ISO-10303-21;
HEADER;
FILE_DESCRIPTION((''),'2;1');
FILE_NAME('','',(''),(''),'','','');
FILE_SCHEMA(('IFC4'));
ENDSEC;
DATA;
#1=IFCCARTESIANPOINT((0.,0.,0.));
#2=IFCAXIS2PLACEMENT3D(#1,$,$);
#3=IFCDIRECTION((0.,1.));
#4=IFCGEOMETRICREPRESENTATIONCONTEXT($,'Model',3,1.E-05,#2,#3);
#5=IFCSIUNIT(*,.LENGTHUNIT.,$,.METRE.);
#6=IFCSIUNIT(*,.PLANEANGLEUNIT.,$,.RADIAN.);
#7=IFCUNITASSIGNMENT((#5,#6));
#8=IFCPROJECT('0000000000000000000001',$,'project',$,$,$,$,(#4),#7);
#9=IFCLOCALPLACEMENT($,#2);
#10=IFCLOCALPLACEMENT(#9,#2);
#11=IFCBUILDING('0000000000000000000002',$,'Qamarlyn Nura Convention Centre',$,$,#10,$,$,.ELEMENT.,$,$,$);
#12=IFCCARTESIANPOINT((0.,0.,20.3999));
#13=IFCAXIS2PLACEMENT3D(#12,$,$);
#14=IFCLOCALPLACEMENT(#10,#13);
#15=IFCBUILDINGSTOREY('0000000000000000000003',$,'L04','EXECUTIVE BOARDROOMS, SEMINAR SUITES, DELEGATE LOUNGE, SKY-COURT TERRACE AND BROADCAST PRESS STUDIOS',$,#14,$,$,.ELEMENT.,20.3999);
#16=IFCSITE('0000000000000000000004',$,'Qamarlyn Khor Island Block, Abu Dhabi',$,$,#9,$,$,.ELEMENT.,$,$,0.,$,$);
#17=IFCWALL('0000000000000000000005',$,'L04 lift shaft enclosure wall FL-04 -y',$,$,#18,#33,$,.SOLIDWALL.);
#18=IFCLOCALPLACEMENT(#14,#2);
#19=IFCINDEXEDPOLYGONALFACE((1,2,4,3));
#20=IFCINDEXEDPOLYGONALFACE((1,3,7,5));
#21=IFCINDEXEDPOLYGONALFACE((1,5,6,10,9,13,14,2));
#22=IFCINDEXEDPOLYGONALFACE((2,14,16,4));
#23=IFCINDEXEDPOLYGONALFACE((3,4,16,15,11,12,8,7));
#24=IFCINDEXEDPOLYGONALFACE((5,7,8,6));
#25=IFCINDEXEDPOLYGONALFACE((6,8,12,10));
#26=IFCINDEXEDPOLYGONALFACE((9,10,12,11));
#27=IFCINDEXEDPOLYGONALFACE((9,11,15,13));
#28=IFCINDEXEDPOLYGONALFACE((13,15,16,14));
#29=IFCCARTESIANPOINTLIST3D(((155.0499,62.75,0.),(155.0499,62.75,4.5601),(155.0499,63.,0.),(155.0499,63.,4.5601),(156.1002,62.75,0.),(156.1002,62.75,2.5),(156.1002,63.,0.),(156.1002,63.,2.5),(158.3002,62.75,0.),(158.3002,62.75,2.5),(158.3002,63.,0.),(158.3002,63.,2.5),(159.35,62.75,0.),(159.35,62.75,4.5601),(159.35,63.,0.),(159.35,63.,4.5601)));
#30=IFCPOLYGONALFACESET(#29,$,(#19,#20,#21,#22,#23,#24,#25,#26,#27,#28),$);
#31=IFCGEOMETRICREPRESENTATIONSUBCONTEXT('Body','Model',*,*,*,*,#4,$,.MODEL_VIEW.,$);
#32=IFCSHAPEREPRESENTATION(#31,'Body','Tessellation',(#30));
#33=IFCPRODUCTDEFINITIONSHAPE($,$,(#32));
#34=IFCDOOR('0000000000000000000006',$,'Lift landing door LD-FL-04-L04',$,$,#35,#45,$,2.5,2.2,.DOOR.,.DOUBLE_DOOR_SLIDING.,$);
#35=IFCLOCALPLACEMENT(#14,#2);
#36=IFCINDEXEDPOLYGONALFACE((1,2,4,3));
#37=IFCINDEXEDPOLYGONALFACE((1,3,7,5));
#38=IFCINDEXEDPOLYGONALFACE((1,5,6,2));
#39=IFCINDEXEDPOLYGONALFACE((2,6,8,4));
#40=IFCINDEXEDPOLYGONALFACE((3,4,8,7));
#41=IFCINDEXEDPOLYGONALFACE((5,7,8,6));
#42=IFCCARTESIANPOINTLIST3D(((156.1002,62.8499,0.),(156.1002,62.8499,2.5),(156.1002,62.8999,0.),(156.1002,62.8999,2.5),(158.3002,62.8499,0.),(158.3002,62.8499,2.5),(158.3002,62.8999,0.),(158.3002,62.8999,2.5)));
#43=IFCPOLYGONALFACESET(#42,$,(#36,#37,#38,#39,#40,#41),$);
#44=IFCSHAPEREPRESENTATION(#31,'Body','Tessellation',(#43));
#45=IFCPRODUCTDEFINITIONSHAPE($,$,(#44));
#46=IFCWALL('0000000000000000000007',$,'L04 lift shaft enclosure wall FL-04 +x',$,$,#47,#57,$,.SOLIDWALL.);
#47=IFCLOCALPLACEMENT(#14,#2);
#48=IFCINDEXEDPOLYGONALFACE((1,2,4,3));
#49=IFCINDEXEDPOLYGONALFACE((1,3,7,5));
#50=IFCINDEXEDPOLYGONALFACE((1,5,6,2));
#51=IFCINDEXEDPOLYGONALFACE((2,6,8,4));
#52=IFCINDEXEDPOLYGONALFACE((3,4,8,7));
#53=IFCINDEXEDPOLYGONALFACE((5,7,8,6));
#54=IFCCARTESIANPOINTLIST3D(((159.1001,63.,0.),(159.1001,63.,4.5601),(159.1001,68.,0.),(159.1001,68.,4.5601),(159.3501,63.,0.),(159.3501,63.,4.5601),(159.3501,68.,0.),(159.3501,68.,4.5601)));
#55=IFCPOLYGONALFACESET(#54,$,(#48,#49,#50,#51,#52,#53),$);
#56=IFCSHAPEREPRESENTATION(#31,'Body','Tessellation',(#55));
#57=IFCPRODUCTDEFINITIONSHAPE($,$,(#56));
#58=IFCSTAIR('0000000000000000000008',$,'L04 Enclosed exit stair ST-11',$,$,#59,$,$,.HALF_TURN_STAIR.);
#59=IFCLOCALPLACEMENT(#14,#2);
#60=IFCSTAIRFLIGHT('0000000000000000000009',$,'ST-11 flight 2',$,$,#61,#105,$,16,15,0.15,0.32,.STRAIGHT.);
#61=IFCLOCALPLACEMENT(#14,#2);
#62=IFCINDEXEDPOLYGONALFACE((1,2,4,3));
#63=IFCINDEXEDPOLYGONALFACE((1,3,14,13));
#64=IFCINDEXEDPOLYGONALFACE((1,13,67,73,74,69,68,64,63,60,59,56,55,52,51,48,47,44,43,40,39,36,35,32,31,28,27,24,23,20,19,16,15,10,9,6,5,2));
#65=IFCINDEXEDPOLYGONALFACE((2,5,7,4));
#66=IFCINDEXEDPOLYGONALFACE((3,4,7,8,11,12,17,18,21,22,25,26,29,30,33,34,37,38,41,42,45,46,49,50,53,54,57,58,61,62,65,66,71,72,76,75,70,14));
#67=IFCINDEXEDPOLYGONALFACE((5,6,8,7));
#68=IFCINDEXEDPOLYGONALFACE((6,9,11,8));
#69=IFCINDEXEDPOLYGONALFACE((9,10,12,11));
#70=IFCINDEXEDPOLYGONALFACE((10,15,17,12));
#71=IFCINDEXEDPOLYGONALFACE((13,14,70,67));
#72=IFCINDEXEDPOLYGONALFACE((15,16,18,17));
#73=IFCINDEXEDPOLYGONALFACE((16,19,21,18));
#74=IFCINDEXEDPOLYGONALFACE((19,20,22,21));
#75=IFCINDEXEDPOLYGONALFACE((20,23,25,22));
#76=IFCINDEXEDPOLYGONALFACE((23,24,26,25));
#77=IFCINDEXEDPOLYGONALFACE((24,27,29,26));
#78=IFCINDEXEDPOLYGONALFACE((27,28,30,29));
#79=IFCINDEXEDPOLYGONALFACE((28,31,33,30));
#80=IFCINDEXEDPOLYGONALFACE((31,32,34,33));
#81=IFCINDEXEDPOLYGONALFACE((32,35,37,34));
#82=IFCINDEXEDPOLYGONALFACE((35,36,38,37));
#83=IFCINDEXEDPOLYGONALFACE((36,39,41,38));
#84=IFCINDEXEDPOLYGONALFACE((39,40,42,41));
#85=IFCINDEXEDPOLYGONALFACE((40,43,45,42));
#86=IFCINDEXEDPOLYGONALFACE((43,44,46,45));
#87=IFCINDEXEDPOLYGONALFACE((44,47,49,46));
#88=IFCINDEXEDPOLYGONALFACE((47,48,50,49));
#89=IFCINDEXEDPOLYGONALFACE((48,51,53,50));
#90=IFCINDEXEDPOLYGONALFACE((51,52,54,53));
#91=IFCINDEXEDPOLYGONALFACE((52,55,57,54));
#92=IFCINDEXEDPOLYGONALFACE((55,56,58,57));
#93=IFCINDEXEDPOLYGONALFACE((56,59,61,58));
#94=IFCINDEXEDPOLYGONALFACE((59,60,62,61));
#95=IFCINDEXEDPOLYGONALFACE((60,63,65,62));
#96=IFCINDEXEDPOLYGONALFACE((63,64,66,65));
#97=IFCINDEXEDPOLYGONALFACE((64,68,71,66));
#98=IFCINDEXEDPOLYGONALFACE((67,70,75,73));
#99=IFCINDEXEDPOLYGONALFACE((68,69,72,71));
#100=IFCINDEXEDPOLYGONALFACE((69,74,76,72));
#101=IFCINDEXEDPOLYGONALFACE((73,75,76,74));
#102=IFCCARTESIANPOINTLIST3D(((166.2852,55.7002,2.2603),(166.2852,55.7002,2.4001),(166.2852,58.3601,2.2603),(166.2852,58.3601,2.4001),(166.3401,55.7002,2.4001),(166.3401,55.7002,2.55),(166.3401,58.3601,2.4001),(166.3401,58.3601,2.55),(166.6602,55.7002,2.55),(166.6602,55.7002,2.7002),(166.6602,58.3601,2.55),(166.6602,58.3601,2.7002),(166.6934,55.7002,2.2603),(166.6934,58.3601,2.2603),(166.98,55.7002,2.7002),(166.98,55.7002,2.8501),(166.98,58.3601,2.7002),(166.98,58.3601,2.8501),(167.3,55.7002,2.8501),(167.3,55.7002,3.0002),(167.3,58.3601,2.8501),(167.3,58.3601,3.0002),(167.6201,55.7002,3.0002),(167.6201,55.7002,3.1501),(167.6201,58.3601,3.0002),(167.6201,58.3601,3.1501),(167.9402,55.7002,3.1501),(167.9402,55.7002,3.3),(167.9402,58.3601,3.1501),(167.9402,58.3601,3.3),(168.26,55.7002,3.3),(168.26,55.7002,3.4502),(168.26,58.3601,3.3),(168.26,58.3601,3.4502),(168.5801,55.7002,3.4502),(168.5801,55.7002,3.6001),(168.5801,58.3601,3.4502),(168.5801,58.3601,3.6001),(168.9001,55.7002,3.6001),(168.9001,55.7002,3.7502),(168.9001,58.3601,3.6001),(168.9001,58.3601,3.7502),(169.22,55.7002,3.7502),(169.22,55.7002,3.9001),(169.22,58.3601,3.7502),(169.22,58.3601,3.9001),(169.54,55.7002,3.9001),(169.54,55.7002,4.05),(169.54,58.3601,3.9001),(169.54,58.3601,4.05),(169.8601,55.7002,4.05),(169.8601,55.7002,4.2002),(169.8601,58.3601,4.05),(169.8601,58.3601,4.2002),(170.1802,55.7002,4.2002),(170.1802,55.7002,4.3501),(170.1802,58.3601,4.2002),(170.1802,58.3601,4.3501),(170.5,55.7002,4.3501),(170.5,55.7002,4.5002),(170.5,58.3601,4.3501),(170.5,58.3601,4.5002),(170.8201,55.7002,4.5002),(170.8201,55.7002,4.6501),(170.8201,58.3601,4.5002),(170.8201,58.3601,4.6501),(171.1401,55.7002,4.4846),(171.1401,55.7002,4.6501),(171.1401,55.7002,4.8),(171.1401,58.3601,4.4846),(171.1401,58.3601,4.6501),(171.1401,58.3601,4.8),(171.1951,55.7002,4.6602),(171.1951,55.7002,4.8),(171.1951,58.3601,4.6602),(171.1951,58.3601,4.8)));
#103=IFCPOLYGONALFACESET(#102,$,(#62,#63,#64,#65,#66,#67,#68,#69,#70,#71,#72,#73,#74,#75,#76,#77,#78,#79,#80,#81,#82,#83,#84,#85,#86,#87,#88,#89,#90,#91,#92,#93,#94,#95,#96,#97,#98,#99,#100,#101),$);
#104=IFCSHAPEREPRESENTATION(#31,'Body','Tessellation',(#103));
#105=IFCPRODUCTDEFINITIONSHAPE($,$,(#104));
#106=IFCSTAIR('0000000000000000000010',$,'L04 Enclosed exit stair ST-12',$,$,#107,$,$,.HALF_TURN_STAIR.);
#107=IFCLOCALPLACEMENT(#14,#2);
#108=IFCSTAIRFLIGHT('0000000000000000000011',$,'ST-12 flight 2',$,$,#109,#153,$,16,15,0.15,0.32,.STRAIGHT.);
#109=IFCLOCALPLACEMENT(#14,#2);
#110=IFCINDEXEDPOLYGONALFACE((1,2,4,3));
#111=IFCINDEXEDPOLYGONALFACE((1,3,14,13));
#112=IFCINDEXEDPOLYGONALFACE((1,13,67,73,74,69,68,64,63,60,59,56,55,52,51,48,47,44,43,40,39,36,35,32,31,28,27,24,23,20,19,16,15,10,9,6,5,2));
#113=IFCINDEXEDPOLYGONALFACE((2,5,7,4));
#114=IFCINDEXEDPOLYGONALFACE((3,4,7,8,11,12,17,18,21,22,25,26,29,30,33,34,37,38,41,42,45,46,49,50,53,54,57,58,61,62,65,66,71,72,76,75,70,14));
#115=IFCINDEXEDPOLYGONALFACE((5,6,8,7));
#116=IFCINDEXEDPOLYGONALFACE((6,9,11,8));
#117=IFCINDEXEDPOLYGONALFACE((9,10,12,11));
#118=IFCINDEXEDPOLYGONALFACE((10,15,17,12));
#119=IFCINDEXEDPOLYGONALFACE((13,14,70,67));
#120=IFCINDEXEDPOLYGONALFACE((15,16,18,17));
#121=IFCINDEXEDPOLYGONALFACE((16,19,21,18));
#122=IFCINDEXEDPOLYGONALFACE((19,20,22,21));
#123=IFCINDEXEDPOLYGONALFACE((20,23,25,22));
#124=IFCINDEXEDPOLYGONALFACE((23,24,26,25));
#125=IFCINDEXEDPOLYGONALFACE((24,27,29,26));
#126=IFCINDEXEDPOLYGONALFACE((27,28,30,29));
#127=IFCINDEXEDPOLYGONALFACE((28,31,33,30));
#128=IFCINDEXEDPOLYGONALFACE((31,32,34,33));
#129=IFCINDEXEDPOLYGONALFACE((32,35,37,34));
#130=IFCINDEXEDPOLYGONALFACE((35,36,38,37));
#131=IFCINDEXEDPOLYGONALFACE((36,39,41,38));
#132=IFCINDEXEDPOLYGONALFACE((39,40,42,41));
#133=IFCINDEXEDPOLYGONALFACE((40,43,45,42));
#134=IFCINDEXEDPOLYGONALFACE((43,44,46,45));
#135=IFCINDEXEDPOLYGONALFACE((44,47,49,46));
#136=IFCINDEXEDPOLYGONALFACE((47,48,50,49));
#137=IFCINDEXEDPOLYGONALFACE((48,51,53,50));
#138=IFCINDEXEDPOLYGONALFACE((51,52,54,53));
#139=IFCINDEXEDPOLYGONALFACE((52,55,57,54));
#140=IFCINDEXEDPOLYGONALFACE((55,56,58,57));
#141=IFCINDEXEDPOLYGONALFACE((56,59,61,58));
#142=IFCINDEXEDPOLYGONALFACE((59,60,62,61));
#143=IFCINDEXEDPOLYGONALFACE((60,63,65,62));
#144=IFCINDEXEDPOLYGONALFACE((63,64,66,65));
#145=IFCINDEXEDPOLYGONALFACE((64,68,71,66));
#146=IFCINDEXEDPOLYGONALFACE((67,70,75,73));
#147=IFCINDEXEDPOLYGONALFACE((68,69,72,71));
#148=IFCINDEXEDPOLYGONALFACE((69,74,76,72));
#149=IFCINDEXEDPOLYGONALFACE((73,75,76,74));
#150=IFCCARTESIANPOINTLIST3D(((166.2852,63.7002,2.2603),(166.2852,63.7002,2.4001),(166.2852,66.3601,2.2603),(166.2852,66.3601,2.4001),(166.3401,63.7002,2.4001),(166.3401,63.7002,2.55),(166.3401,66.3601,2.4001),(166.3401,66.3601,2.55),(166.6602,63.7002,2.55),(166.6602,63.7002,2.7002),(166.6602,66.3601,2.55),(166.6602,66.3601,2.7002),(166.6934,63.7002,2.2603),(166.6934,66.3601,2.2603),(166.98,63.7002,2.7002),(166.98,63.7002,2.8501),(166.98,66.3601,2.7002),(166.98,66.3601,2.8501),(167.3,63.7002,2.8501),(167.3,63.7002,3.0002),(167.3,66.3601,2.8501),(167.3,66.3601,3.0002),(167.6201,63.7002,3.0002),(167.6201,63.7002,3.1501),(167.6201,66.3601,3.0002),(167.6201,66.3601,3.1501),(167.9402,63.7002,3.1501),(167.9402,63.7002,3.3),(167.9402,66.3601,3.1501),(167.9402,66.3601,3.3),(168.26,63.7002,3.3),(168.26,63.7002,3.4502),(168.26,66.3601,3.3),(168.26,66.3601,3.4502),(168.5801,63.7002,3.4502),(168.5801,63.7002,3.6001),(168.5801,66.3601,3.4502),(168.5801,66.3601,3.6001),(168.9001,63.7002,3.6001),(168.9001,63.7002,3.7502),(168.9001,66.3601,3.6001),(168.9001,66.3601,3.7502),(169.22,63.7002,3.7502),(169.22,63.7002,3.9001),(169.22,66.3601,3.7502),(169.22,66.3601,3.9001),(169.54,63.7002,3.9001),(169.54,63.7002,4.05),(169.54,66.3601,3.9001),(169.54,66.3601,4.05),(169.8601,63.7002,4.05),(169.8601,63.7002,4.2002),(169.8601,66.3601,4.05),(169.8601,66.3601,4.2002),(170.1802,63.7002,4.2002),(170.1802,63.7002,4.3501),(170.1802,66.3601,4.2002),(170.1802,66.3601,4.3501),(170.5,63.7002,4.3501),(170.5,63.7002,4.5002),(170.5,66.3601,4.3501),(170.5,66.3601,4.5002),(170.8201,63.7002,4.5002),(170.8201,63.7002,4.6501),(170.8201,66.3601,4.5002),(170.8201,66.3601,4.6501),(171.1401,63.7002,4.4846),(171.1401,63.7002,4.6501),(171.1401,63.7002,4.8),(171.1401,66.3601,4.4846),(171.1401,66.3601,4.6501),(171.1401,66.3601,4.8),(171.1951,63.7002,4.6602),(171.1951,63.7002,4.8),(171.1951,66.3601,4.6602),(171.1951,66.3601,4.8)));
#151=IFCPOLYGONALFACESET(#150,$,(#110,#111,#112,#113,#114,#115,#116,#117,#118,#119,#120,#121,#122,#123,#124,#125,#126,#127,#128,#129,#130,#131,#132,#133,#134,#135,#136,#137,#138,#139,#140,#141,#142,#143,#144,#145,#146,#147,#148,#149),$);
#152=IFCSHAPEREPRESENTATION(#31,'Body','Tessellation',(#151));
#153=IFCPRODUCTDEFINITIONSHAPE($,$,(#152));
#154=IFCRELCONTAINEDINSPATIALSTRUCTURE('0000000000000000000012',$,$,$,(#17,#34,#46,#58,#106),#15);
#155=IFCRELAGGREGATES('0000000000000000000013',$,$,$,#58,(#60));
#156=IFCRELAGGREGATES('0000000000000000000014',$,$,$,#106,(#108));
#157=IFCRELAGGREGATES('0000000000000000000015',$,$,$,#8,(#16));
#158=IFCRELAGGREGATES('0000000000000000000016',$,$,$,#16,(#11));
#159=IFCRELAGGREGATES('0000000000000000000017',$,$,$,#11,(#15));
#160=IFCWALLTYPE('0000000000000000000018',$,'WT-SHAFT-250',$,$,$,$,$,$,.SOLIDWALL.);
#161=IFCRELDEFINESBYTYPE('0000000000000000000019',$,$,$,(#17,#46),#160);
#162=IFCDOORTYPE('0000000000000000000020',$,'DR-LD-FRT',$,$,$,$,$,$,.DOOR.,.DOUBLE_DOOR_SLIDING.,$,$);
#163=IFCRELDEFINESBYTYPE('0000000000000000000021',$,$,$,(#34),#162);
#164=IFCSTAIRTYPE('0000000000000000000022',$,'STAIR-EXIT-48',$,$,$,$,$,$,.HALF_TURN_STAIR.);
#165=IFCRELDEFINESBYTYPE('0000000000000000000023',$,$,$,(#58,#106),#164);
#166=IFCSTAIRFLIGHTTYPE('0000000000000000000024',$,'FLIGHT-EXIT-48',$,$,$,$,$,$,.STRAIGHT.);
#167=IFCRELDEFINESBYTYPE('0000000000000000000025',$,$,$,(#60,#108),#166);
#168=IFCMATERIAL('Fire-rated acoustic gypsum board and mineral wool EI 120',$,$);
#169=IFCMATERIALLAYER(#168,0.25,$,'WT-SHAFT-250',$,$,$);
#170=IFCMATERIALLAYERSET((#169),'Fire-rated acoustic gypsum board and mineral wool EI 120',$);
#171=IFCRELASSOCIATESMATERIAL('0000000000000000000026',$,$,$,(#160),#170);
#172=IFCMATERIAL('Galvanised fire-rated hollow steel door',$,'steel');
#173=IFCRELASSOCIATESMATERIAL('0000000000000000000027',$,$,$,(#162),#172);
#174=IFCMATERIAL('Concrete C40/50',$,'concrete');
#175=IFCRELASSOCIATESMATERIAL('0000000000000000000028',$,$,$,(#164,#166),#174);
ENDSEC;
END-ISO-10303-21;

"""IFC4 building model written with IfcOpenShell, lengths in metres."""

from ifc_helpers import new_model, si_unit, direction, frame, frame_2d, origin, place, context, subcontext, project, spatial, polyline, rectangle, outline, extrude, material, layer, layer_set, type_object, element, fill, aggregate, save


model = new_model("IFC4")

# Units and contexts
model_context = context("Model", 3, precision=1e-05, world=origin(), true_north=direction((0.0, 1.0)))
body_context = subcontext(model_context, "Body", "Model", "MODEL_VIEW")
ifc_project = project(units=[si_unit("LENGTHUNIT", "METRE"), si_unit("PLANEANGLEUNIT", "RADIAN")], contexts=[model_context])

# Site, building, storey
site_placement = place(None, origin())
site = spatial("IfcSite", under=ifc_project, at=site_placement, Name="Qamarlyn Khor Island Block, Abu Dhabi", CompositionType="ELEMENT", RefElevation=0.0)
building_placement = place(site_placement, origin())
building = spatial("IfcBuilding", under=site, at=building_placement, Name="Qamarlyn Nura Convention Centre", CompositionType="ELEMENT")
storey_placement = place(building_placement, frame((0.0, 0.0, 20.3999)))
storey = spatial("IfcBuildingStorey", under=building, at=storey_placement, Name="L04", Description="EXECUTIVE BOARDROOMS, SEMINAR SUITES, DELEGATE LOUNGE, SKY-COURT TERRACE AND BROADCAST PRESS STUDIOS", CompositionType="ELEMENT", Elevation=20.3999)

# Shared definitions
ifc_material_1 = material(Name="Fire-rated acoustic gypsum board and mineral wool EI 120")
ifc_layer_1 = layer(ifc_material_1, 0.25, Name="WT-SHAFT-250")
ifc_layer_set_1 = layer_set([ifc_layer_1], Name="Fire-rated acoustic gypsum board and mineral wool EI 120")
wall_type_1 = type_object("IfcWallType", Name="WT-SHAFT-250", PredefinedType="SOLIDWALL", material=ifc_layer_set_1)
ifc_material_2 = material(Name="Galvanised fire-rated hollow steel door", Category="steel")
door_type = type_object("IfcDoorType", Name="DR-LD-FRT", OperationType="DOUBLE_DOOR_SLIDING", PredefinedType="DOOR", material=ifc_material_2)

# Wall, opening, door
wall_1_placement = place(storey_placement, frame((155.05, 62.875, 0.0), z_axis=(0.0, 0.0, 1.0), x_axis=(1.0, 0.0, 0.0)))
wall_1 = element("IfcWall", 1, at=wall_1_placement, inside=storey, type_object=wall_type_1, Name="L04 lift shaft enclosure wall FL-04 -y", PredefinedType="SOLIDWALL", context=body_context, shape_type="SweptSolid", body=[
    extrude(rectangle(XDim=4.3, YDim=0.25, at=frame_2d((2.1499, 0.0))), origin(), (0.0, 0.0, 1.0), 4.5601),
])
opening_1_placement = place(wall_1_placement, frame((1.05, 0.0, 0.0)))
opening_1 = element("IfcOpeningElement", 2, at=opening_1_placement, cuts=wall_1, PredefinedType="OPENING", context=body_context, shape_type="SweptSolid", body=[
    extrude(rectangle(XDim=2.2, YDim=2.5, at=frame_2d((1.1001, 1.25))), frame((0.0, 0.135, 0.0), z_axis=(0.0, -1.0, 0.0), x_axis=(1.0, 0.0, 0.0)), (0.0, 0.0, 1.0), 0.27),
])
door_1_placement = place(opening_1_placement, origin())
door_1 = element("IfcDoor", 3, at=door_1_placement, inside=storey, type_object=door_type, Name="Lift landing door LD-FL-04-L04", OperationType="DOUBLE_DOOR_SLIDING", OverallHeight=2.5, OverallWidth=2.2, PredefinedType="DOOR", context=body_context, shape_type="SweptSolid", body=[
    extrude(rectangle(XDim=2.2, YDim=2.5, at=frame_2d((1.1001, 1.25))), frame((0.0, 0.0249, 0.0), z_axis=(0.0, -1.0, 0.0), x_axis=(1.0, 0.0, 0.0)), (0.0, 0.0, 1.0), 0.05),
])
fill(opening_1, door_1)

# Wall
wall_2_placement = place(storey_placement, frame((159.2251, 63.0, 0.0), z_axis=(0.0, 0.0, 1.0), x_axis=(0.0, 1.0, 0.0)))
element("IfcWall", 4, at=wall_2_placement, inside=storey, type_object=wall_type_1, Name="L04 lift shaft enclosure wall FL-04 +x", PredefinedType="SOLIDWALL", context=body_context, shape_type="SweptSolid", body=[
    extrude(rectangle(XDim=5.0, YDim=0.25, at=frame_2d((2.5, 0.0))), origin(), (0.0, 0.0, 1.0), 4.5601),
])

# Stairs, stair flights
ifc_material_3 = material(Name="Concrete C40/50", Category="concrete")
stair_type = type_object("IfcStairType", Name="STAIR-EXIT-48", PredefinedType="HALF_TURN_STAIR", material=ifc_material_3)
stair_1_placement = place(storey_placement, origin())
stair_1 = element("IfcStair", 5, at=stair_1_placement, inside=storey, type_object=stair_type, Name="L04 Enclosed exit stair ST-11", PredefinedType="HALF_TURN_STAIR")
stair_flight_type = type_object("IfcStairFlightType", Name="FLIGHT-EXIT-48", PredefinedType="STRAIGHT", material=ifc_material_3)
stair_flight_1_placement = place(storey_placement, frame((166.3401, 57.03, 2.4001), z_axis=(0.0, 0.0, 1.0), x_axis=(1.0, 0.0, 0.0)))
stair_flight_1 = element("IfcStairFlight", 6, at=stair_flight_1_placement, type_object=stair_flight_type, Name="ST-11 flight 2", NumberOfRisers=16, NumberOfTreads=15, PredefinedType="STRAIGHT", RiserHeight=0.15, TreadLength=0.32, context=body_context, shape_type="SweptSolid", body=[
    extrude(outline(polyline([(-0.0549, 0.0), (0.0, 0.0), (0.0, 0.1499), (0.3201, 0.1499), (0.3201, 0.3), (0.6399, 0.3), (0.6399, 0.45), (0.96, 0.45), (0.96, 0.6001), (1.28, 0.6001), (1.28, 0.75), (1.6001, 0.75), (1.6001, 0.8999), (1.9199, 0.8999), (1.9199, 1.05), (2.24, 1.05), (2.24, 1.2), (2.5601, 1.2), (2.5601, 1.3501), (2.8799, 1.3501), (2.8799, 1.5), (3.2, 1.5), (3.2, 1.6499), (3.52, 1.6499), (3.52, 1.8), (3.8401, 1.8), (3.8401, 1.95), (4.1599, 1.95), (4.1599, 2.1001), (4.48, 2.1001), (4.48, 2.25), (4.8, 2.25), (4.8, 2.3999), (4.855, 2.3999), (4.855, 2.26), (4.8, 2.0845), (0.3533, -0.1399), (-0.0549, -0.1399), (-0.0549, 0.0)])), frame((0.0, 1.3301, 0.0), z_axis=(0.0, -1.0, 0.0), x_axis=(1.0, 0.0, 0.0)), (0.0, 0.0, 1.0), 2.6599),
])
aggregate(stair_1, [stair_flight_1])
stair_2_placement = place(storey_placement, origin())
stair_2 = element("IfcStair", 7, at=stair_2_placement, inside=storey, type_object=stair_type, Name="L04 Enclosed exit stair ST-12", PredefinedType="HALF_TURN_STAIR")
stair_flight_2_placement = place(storey_placement, frame((166.3401, 65.03, 2.4001), z_axis=(0.0, 0.0, 1.0), x_axis=(1.0, 0.0, 0.0)))
stair_flight_2 = element("IfcStairFlight", 8, at=stair_flight_2_placement, type_object=stair_flight_type, Name="ST-12 flight 2", NumberOfRisers=16, NumberOfTreads=15, PredefinedType="STRAIGHT", RiserHeight=0.15, TreadLength=0.32, context=body_context, shape_type="SweptSolid", body=[
    extrude(outline(polyline([(-0.0549, 0.0), (0.0, 0.0), (0.0, 0.1499), (0.3201, 0.1499), (0.3201, 0.3), (0.6399, 0.3), (0.6399, 0.45), (0.96, 0.45), (0.96, 0.6001), (1.28, 0.6001), (1.28, 0.75), (1.6001, 0.75), (1.6001, 0.8999), (1.9199, 0.8999), (1.9199, 1.05), (2.24, 1.05), (2.24, 1.2), (2.5601, 1.2), (2.5601, 1.3501), (2.8799, 1.3501), (2.8799, 1.5), (3.2, 1.5), (3.2, 1.6499), (3.52, 1.6499), (3.52, 1.8), (3.8401, 1.8), (3.8401, 1.95), (4.1599, 1.95), (4.1599, 2.1001), (4.48, 2.1001), (4.48, 2.25), (4.8, 2.25), (4.8, 2.3999), (4.855, 2.3999), (4.855, 2.26), (4.8, 2.0845), (0.3533, -0.1399), (-0.0549, -0.1399), (-0.0549, 0.0)])), frame((0.0, 1.3301, 0.0), z_axis=(0.0, -1.0, 0.0), x_axis=(1.0, 0.0, 0.0)), (0.0, 0.0, 1.0), 2.6599),
])
aggregate(stair_2, [stair_flight_2])

save(model, "model.ifc")
